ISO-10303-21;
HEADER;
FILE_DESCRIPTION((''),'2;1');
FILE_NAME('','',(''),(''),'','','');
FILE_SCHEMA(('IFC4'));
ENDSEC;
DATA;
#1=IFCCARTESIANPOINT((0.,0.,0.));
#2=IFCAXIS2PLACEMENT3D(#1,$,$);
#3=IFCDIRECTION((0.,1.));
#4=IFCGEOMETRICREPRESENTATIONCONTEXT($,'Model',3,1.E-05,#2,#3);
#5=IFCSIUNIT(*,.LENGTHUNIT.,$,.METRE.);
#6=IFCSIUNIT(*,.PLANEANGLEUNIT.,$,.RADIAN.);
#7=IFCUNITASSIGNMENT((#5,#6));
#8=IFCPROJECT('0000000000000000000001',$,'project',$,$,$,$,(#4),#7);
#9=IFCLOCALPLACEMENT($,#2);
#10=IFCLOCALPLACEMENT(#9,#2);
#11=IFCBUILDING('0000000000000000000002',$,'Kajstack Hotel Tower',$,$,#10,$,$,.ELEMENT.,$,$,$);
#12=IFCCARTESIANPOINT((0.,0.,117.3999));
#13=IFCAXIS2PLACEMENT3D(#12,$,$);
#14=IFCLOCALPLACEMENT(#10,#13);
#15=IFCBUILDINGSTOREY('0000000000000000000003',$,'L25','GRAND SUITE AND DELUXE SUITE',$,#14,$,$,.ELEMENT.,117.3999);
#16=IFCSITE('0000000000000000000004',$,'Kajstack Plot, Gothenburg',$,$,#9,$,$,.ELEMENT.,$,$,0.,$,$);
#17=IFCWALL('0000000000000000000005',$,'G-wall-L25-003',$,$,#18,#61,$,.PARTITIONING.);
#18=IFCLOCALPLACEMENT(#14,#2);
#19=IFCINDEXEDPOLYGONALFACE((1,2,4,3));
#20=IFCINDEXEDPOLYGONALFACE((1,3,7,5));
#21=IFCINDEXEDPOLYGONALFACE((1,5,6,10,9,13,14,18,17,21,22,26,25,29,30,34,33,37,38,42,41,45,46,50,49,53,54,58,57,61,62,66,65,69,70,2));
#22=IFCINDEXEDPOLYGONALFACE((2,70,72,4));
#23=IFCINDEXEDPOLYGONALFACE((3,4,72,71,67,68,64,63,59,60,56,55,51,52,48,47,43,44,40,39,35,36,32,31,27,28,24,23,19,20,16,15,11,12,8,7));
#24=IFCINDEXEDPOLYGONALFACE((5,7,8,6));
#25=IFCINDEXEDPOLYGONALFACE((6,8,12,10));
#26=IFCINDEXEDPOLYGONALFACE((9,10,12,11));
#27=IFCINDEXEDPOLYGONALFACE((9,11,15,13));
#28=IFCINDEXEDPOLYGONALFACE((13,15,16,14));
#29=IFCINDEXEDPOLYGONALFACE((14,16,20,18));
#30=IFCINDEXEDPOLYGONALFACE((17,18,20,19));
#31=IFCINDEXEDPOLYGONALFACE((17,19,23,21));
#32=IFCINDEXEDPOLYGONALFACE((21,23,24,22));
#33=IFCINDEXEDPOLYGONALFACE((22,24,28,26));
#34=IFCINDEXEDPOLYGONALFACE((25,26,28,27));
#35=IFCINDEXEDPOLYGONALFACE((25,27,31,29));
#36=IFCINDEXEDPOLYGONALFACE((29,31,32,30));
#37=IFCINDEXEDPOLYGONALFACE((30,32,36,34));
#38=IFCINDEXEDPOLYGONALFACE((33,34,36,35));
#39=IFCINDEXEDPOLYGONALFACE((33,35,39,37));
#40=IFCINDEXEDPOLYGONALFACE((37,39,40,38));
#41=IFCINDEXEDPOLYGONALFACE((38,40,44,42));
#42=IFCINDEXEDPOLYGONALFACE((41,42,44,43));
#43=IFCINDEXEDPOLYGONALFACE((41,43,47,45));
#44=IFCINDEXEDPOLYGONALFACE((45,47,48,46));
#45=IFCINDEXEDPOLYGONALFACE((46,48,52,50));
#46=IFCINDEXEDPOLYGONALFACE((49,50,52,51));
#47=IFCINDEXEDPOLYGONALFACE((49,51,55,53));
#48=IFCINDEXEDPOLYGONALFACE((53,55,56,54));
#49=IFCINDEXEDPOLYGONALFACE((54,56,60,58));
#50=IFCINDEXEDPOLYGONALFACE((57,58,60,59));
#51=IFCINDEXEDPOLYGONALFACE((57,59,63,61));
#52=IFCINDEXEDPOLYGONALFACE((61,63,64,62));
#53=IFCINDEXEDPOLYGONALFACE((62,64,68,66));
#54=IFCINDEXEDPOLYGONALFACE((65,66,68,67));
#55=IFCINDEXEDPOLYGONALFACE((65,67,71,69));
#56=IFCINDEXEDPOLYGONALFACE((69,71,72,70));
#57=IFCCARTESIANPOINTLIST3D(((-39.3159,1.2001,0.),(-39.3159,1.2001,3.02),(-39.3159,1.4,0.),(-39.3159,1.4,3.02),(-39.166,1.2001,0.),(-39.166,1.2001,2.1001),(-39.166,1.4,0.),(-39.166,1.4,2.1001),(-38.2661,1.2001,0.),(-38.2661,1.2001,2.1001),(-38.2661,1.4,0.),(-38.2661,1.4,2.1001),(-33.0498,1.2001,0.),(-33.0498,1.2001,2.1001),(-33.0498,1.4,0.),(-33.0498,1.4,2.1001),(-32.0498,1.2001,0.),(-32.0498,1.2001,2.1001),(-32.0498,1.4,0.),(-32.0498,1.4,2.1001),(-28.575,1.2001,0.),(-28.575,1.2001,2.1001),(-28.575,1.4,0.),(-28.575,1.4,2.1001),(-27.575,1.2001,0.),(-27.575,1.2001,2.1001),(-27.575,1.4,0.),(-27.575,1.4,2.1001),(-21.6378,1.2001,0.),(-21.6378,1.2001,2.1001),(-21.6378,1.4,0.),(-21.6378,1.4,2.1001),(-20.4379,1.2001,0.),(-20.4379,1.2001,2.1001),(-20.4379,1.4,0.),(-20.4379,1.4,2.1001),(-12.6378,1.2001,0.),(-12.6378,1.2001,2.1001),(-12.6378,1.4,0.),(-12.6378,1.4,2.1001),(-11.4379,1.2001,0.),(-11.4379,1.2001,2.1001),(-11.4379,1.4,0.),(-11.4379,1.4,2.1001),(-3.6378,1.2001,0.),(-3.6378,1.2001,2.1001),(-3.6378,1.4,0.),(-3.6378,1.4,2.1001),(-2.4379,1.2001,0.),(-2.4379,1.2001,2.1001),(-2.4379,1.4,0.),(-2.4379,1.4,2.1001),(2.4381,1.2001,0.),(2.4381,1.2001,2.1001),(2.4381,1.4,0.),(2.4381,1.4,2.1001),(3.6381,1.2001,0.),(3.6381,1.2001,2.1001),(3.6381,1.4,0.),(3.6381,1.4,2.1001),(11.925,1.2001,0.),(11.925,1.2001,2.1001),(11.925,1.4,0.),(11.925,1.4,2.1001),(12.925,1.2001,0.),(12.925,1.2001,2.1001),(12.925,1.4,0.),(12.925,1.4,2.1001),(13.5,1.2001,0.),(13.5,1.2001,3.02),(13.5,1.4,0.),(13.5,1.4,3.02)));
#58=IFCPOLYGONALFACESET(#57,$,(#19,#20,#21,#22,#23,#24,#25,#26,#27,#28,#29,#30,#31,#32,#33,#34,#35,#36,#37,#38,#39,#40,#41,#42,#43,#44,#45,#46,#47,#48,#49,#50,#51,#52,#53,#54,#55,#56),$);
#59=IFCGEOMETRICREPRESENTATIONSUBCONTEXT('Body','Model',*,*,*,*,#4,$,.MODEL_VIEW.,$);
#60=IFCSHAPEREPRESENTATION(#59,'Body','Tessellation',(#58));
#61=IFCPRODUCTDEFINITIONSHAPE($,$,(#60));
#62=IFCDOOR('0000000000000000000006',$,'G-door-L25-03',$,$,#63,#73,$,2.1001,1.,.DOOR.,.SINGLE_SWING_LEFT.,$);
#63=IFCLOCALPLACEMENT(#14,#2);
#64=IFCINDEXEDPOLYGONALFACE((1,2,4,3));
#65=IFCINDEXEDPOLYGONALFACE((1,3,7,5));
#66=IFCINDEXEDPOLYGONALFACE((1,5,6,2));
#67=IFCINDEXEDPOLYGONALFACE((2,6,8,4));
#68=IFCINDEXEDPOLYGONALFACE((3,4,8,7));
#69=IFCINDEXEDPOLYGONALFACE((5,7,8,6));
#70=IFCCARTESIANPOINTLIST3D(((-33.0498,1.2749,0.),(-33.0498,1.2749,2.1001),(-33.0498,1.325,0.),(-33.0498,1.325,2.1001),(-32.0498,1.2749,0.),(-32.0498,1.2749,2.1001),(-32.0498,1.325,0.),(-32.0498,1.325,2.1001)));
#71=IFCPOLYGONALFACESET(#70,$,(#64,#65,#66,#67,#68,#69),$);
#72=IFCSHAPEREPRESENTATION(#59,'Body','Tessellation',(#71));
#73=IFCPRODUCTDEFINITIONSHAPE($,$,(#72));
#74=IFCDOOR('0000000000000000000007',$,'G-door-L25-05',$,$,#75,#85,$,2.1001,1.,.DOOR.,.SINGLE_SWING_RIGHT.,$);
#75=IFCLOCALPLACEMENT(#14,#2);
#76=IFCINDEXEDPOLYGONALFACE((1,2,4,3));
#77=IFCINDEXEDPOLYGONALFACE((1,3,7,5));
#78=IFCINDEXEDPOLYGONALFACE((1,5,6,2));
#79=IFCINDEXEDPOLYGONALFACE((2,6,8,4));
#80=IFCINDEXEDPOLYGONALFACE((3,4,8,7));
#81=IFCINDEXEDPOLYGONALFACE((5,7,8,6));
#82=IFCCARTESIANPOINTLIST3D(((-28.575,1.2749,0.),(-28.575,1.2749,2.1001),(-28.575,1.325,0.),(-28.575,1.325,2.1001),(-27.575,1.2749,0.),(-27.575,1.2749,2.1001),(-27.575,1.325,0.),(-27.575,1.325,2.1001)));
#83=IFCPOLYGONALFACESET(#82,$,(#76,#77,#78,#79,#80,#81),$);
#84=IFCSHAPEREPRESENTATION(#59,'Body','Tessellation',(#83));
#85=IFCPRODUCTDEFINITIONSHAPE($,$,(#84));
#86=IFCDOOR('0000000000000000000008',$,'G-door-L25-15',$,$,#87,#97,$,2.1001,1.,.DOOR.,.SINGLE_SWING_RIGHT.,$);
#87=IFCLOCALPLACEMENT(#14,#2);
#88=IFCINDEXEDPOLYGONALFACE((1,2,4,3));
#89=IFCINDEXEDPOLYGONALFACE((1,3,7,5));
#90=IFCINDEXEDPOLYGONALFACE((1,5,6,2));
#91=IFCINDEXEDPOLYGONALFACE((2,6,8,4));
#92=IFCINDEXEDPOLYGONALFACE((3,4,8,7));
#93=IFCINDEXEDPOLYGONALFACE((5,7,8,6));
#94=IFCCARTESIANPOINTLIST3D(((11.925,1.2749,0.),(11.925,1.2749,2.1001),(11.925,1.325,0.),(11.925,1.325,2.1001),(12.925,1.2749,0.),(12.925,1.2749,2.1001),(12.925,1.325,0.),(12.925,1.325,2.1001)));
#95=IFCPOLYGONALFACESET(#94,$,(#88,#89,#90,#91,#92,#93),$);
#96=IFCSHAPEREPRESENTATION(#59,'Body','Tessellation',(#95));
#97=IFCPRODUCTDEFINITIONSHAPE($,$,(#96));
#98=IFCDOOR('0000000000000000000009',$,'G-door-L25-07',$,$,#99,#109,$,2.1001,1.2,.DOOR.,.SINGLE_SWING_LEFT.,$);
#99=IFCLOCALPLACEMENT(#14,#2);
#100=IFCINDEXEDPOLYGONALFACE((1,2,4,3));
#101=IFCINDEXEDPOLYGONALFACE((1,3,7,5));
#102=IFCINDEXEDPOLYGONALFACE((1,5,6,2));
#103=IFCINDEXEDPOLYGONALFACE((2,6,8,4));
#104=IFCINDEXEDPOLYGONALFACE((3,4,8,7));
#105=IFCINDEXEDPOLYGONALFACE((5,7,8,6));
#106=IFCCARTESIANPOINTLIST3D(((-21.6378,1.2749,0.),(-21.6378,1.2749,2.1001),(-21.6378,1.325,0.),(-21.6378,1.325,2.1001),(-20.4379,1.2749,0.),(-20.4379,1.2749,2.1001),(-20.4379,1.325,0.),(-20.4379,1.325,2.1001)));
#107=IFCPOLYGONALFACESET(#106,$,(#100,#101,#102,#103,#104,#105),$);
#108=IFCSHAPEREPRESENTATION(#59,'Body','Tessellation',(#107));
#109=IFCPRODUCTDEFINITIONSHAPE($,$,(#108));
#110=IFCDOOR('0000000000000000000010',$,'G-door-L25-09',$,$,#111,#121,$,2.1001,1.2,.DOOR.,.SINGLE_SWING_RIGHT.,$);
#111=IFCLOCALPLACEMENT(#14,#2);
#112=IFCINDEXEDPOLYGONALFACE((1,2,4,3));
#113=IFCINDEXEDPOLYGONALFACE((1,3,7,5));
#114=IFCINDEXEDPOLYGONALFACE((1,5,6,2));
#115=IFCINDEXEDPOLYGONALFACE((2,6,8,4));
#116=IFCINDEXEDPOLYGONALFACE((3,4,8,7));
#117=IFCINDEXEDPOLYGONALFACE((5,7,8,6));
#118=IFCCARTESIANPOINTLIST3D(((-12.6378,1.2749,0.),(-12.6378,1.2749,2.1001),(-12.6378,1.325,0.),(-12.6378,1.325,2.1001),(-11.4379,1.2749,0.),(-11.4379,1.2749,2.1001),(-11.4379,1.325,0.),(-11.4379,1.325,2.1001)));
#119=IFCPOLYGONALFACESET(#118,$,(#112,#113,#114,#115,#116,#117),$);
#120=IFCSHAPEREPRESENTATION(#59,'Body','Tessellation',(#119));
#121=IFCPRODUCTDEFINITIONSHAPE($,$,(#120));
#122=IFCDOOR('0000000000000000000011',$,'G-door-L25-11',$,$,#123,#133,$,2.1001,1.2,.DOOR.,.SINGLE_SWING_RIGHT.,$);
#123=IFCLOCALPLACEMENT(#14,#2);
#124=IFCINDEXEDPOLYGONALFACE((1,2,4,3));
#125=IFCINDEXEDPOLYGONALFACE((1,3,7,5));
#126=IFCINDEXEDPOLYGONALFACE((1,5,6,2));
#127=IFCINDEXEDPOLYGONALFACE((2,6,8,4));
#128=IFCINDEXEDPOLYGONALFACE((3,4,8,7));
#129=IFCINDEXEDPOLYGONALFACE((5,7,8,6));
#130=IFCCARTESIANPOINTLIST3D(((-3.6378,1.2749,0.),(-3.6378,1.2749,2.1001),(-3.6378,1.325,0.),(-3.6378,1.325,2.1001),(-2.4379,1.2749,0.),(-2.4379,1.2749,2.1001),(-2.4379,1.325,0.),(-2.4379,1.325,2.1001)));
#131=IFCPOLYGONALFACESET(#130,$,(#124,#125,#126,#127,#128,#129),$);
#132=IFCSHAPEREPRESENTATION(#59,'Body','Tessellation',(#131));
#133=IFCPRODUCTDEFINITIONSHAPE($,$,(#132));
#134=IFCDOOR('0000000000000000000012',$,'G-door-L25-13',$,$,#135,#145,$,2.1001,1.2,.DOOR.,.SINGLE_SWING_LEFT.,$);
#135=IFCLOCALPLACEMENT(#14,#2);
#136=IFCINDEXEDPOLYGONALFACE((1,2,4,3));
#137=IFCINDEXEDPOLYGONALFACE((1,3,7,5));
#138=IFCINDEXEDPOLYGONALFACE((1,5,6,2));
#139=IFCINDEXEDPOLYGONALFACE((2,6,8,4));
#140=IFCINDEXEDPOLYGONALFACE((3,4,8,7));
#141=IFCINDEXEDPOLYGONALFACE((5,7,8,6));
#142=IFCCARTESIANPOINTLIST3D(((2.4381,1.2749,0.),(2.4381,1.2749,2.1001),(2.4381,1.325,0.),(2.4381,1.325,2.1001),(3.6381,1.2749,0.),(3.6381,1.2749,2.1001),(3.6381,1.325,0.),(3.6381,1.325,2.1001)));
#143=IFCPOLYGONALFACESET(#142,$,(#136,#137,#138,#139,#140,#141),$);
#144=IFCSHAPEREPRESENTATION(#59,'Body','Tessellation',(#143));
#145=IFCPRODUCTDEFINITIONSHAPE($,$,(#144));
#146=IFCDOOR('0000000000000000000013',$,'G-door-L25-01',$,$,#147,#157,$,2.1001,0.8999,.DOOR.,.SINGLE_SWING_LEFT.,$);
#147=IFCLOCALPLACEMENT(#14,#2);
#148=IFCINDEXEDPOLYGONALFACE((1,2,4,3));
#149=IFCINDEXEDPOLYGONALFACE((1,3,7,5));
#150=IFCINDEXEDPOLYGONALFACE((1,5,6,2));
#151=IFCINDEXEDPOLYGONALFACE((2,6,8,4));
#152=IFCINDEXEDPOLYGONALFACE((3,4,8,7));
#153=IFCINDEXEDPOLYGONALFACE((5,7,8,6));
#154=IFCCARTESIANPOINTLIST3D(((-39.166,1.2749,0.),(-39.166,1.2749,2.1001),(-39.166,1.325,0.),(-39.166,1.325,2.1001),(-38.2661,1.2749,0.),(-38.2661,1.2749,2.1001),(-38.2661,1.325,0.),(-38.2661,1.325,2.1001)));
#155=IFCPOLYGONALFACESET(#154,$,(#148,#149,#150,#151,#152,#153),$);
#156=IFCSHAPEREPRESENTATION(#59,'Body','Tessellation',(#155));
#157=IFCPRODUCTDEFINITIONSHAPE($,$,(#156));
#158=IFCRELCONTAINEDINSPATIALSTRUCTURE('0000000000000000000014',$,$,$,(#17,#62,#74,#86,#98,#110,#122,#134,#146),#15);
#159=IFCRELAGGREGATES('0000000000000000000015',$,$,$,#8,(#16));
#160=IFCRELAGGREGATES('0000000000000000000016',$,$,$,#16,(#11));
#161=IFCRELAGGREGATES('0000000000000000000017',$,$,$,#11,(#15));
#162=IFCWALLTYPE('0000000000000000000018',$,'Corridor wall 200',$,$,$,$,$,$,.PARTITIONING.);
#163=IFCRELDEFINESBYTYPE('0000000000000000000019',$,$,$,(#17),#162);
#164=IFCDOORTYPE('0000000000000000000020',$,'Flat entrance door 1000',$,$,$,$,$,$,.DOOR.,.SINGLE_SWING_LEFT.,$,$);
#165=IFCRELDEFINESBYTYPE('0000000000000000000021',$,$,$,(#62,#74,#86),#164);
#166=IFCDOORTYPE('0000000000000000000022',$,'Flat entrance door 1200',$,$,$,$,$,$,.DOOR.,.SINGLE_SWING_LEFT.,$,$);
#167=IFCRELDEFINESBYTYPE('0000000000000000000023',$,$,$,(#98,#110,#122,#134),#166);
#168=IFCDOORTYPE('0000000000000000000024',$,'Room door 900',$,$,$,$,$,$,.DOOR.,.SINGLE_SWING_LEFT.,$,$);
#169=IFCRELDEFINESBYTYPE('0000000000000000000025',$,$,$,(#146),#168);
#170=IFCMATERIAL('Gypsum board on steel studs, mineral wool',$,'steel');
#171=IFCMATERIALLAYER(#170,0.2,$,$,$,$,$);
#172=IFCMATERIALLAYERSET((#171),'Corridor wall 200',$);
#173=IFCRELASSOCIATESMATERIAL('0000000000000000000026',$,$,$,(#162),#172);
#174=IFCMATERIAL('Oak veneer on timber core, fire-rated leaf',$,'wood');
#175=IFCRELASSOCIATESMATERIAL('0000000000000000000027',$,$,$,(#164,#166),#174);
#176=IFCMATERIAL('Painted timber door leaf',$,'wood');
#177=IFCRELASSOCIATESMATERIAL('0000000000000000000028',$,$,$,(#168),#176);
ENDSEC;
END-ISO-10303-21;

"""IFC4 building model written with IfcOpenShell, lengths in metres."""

from ifc_helpers import new_model, si_unit, direction, frame, frame_2d, origin, place, context, subcontext, project, spatial, rectangle, extrude, material, layer, layer_set, type_object, element, fill, save


model = new_model("IFC4")

# Units and contexts
model_context = context("Model", 3, precision=1e-05, world=origin(), true_north=direction((0.0, 1.0)))
body_context = subcontext(model_context, "Body", "Model", "MODEL_VIEW")
ifc_project = project(units=[si_unit("LENGTHUNIT", "METRE"), si_unit("PLANEANGLEUNIT", "RADIAN")], contexts=[model_context])

# Site, building, storey
site_placement = place(None, origin())
site = spatial("IfcSite", under=ifc_project, at=site_placement, Name="Kajstack Plot, Gothenburg", CompositionType="ELEMENT", RefElevation=0.0)
building_placement = place(site_placement, origin())
building = spatial("IfcBuilding", under=site, at=building_placement, Name="Kajstack Hotel Tower", CompositionType="ELEMENT")
storey_placement = place(building_placement, frame((0.0, 0.0, 117.3999)))
storey = spatial("IfcBuildingStorey", under=building, at=storey_placement, Name="L25", Description="GRAND SUITE AND DELUXE SUITE", CompositionType="ELEMENT", Elevation=117.3999)

# Wall, openings, doors
ifc_material_1 = material(Name="Gypsum board on steel studs, mineral wool", Category="steel")
ifc_layer_1 = layer(ifc_material_1, 0.2)
ifc_layer_set_1 = layer_set([ifc_layer_1], Name="Corridor wall 200")
wall_type_1 = type_object("IfcWallType", Name="Corridor wall 200", PredefinedType="PARTITIONING", material=ifc_layer_set_1)
wall_1_placement = place(storey_placement, frame((-39.3159, 1.3, 0.0), z_axis=(0.0, 0.0, 1.0), x_axis=(1.0, 0.0, 0.0)))
wall_1 = element("IfcWall", 1, at=wall_1_placement, inside=storey, type_object=wall_type_1, Name="G-wall-L25-003", PredefinedType="PARTITIONING", context=body_context, shape_type="SweptSolid", body=[
    extrude(rectangle(XDim=52.8159, YDim=0.2, at=frame_2d((26.408, 0.0))), origin(), (0.0, 0.0, 1.0), 3.02),
])
opening_1_placement = place(wall_1_placement, frame((0.1499, 0.0, 0.0)))
opening_1 = element("IfcOpeningElement", 2, at=opening_1_placement, cuts=wall_1, PredefinedType="OPENING", context=body_context, shape_type="SweptSolid", body=[
    extrude(rectangle(XDim=0.8999, YDim=2.1001, at=frame_2d((0.45, 1.05))), frame((0.0, 0.1099, 0.0), z_axis=(0.0, -1.0, 0.0), x_axis=(1.0, 0.0, 0.0)), (0.0, 0.0, 1.0), 0.22),
])
opening_2_placement = place(wall_1_placement, frame((6.2661, 0.0, 0.0)))
opening_2 = element("IfcOpeningElement", 3, at=opening_2_placement, cuts=wall_1, PredefinedType="OPENING", context=body_context, shape_type="SweptSolid", body=[
    extrude(rectangle(XDim=1.0, YDim=2.1001, at=frame_2d((0.5, 1.05))), frame((0.0, 0.1099, 0.0), z_axis=(0.0, -1.0, 0.0), x_axis=(1.0, 0.0, 0.0)), (0.0, 0.0, 1.0), 0.22),
])
opening_3_placement = place(wall_1_placement, frame((10.741, 0.0, 0.0)))
opening_3 = element("IfcOpeningElement", 4, at=opening_3_placement, cuts=wall_1, PredefinedType="OPENING", context=body_context, shape_type="SweptSolid", body=[
    extrude(rectangle(XDim=1.0, YDim=2.1001, at=frame_2d((0.5, 1.05))), frame((0.0, 0.1099, 0.0), z_axis=(0.0, -1.0, 0.0), x_axis=(1.0, 0.0, 0.0)), (0.0, 0.0, 1.0), 0.22),
])
opening_4_placement = place(wall_1_placement, frame((17.678, 0.0, 0.0)))
opening_4 = element("IfcOpeningElement", 5, at=opening_4_placement, cuts=wall_1, PredefinedType="OPENING", context=body_context, shape_type="SweptSolid", body=[
    extrude(rectangle(XDim=1.2, YDim=2.1001, at=frame_2d((0.6001, 1.05))), frame((0.0, 0.1099, 0.0), z_axis=(0.0, -1.0, 0.0), x_axis=(1.0, 0.0, 0.0)), (0.0, 0.0, 1.0), 0.22),
])
opening_5_placement = place(wall_1_placement, frame((26.678, 0.0, 0.0)))
opening_5 = element("IfcOpeningElement", 6, at=opening_5_placement, cuts=wall_1, PredefinedType="OPENING", context=body_context, shape_type="SweptSolid", body=[
    extrude(rectangle(XDim=1.2, YDim=2.1001, at=frame_2d((0.6001, 1.05))), frame((0.0, 0.1099, 0.0), z_axis=(0.0, -1.0, 0.0), x_axis=(1.0, 0.0, 0.0)), (0.0, 0.0, 1.0), 0.22),
])
opening_6_placement = place(wall_1_placement, frame((35.678, 0.0, 0.0)))
opening_6 = element("IfcOpeningElement", 7, at=opening_6_placement, cuts=wall_1, PredefinedType="OPENING", context=body_context, shape_type="SweptSolid", body=[
    extrude(rectangle(XDim=1.2, YDim=2.1001, at=frame_2d((0.6001, 1.05))), frame((0.0, 0.1099, 0.0), z_axis=(0.0, -1.0, 0.0), x_axis=(1.0, 0.0, 0.0)), (0.0, 0.0, 1.0), 0.22),
])
opening_7_placement = place(wall_1_placement, frame((41.7539, 0.0, 0.0)))
opening_7 = element("IfcOpeningElement", 8, at=opening_7_placement, cuts=wall_1, PredefinedType="OPENING", context=body_context, shape_type="SweptSolid", body=[
    extrude(rectangle(XDim=1.2, YDim=2.1001, at=frame_2d((0.6001, 1.05))), frame((0.0, 0.1099, 0.0), z_axis=(0.0, -1.0, 0.0), x_axis=(1.0, 0.0, 0.0)), (0.0, 0.0, 1.0), 0.22),
])
opening_8_placement = place(wall_1_placement, frame((51.241, 0.0, 0.0)))
opening_8 = element("IfcOpeningElement", 9, at=opening_8_placement, cuts=wall_1, PredefinedType="OPENING", context=body_context, shape_type="SweptSolid", body=[
    extrude(rectangle(XDim=1.0, YDim=2.1001, at=frame_2d((0.5, 1.05))), frame((0.0, 0.1099, 0.0), z_axis=(0.0, -1.0, 0.0), x_axis=(1.0, 0.0, 0.0)), (0.0, 0.0, 1.0), 0.22),
])
ifc_material_2 = material(Name="Oak veneer on timber core, fire-rated leaf", Category="wood")
door_type_1 = type_object("IfcDoorType", Name="Flat entrance door 1000", OperationType="SINGLE_SWING_LEFT", PredefinedType="DOOR", material=ifc_material_2)
door_1_placement = place(opening_2_placement, origin())
door_1 = element("IfcDoor", 10, at=door_1_placement, inside=storey, type_object=door_type_1, Name="G-door-L25-03", OperationType="SINGLE_SWING_LEFT", OverallHeight=2.1001, OverallWidth=1.0, PredefinedType="DOOR", context=body_context, shape_type="SweptSolid", body=[
    extrude(rectangle(XDim=1.0, YDim=2.1001, at=frame_2d((0.5, 1.05))), frame((0.0, 0.0249, 0.0), z_axis=(0.0, -1.0, 0.0), x_axis=(1.0, 0.0, 0.0)), (0.0, 0.0, 1.0), 0.05),
])
fill(opening_2, door_1)
door_2_placement = place(opening_3_placement, origin())
door_2 = element("IfcDoor", 11, at=door_2_placement, inside=storey, type_object=door_type_1, Name="G-door-L25-05", OperationType="SINGLE_SWING_RIGHT", OverallHeight=2.1001, OverallWidth=1.0, PredefinedType="DOOR", context=body_context, shape_type="SweptSolid", body=[
    extrude(rectangle(XDim=1.0, YDim=2.1001, at=frame_2d((0.5, 1.05))), frame((0.0, 0.0249, 0.0), z_axis=(0.0, -1.0, 0.0), x_axis=(1.0, 0.0, 0.0)), (0.0, 0.0, 1.0), 0.05),
])
fill(opening_3, door_2)
door_3_placement = place(opening_8_placement, origin())
door_3 = element("IfcDoor", 12, at=door_3_placement, inside=storey, type_object=door_type_1, Name="G-door-L25-15", OperationType="SINGLE_SWING_RIGHT", OverallHeight=2.1001, OverallWidth=1.0, PredefinedType="DOOR", context=body_context, shape_type="SweptSolid", body=[
    extrude(rectangle(XDim=1.0, YDim=2.1001, at=frame_2d((0.5, 1.05))), frame((0.0, 0.0249, 0.0), z_axis=(0.0, -1.0, 0.0), x_axis=(1.0, 0.0, 0.0)), (0.0, 0.0, 1.0), 0.05),
])
fill(opening_8, door_3)
door_type_2 = type_object("IfcDoorType", Name="Flat entrance door 1200", OperationType="SINGLE_SWING_LEFT", PredefinedType="DOOR", material=ifc_material_2)
door_4_placement = place(opening_4_placement, origin())
door_4 = element("IfcDoor", 13, at=door_4_placement, inside=storey, type_object=door_type_2, Name="G-door-L25-07", OperationType="SINGLE_SWING_LEFT", OverallHeight=2.1001, OverallWidth=1.2, PredefinedType="DOOR", context=body_context, shape_type="SweptSolid", body=[
    extrude(rectangle(XDim=1.2, YDim=2.1001, at=frame_2d((0.6001, 1.05))), frame((0.0, 0.0249, 0.0), z_axis=(0.0, -1.0, 0.0), x_axis=(1.0, 0.0, 0.0)), (0.0, 0.0, 1.0), 0.05),
])
fill(opening_4, door_4)
door_5_placement = place(opening_5_placement, origin())
door_5 = element("IfcDoor", 14, at=door_5_placement, inside=storey, type_object=door_type_2, Name="G-door-L25-09", OperationType="SINGLE_SWING_RIGHT", OverallHeight=2.1001, OverallWidth=1.2, PredefinedType="DOOR", context=body_context, shape_type="SweptSolid", body=[
    extrude(rectangle(XDim=1.2, YDim=2.1001, at=frame_2d((0.6001, 1.05))), frame((0.0, 0.0249, 0.0), z_axis=(0.0, -1.0, 0.0), x_axis=(1.0, 0.0, 0.0)), (0.0, 0.0, 1.0), 0.05),
])
fill(opening_5, door_5)
door_6_placement = place(opening_6_placement, origin())
door_6 = element("IfcDoor", 15, at=door_6_placement, inside=storey, type_object=door_type_2, Name="G-door-L25-11", OperationType="SINGLE_SWING_RIGHT", OverallHeight=2.1001, OverallWidth=1.2, PredefinedType="DOOR", context=body_context, shape_type="SweptSolid", body=[
    extrude(rectangle(XDim=1.2, YDim=2.1001, at=frame_2d((0.6001, 1.05))), frame((0.0, 0.0249, 0.0), z_axis=(0.0, -1.0, 0.0), x_axis=(1.0, 0.0, 0.0)), (0.0, 0.0, 1.0), 0.05),
])
fill(opening_6, door_6)
door_7_placement = place(opening_7_placement, origin())
door_7 = element("IfcDoor", 16, at=door_7_placement, inside=storey, type_object=door_type_2, Name="G-door-L25-13", OperationType="SINGLE_SWING_LEFT", OverallHeight=2.1001, OverallWidth=1.2, PredefinedType="DOOR", context=body_context, shape_type="SweptSolid", body=[
    extrude(rectangle(XDim=1.2, YDim=2.1001, at=frame_2d((0.6001, 1.05))), frame((0.0, 0.0249, 0.0), z_axis=(0.0, -1.0, 0.0), x_axis=(1.0, 0.0, 0.0)), (0.0, 0.0, 1.0), 0.05),
])
fill(opening_7, door_7)
ifc_material_3 = material(Name="Painted timber door leaf", Category="wood")
door_type_3 = type_object("IfcDoorType", Name="Room door 900", OperationType="SINGLE_SWING_LEFT", PredefinedType="DOOR", material=ifc_material_3)
door_8_placement = place(opening_1_placement, origin())
door_8 = element("IfcDoor", 17, at=door_8_placement, inside=storey, type_object=door_type_3, Name="G-door-L25-01", OperationType="SINGLE_SWING_LEFT", OverallHeight=2.1001, OverallWidth=0.8999, PredefinedType="DOOR", context=body_context, shape_type="SweptSolid", body=[
    extrude(rectangle(XDim=0.8999, YDim=2.1001, at=frame_2d((0.45, 1.05))), frame((0.0, 0.0249, 0.0), z_axis=(0.0, -1.0, 0.0), x_axis=(1.0, 0.0, 0.0)), (0.0, 0.0, 1.0), 0.05),
])
fill(opening_1, door_8)

save(model, "model.ifc")
